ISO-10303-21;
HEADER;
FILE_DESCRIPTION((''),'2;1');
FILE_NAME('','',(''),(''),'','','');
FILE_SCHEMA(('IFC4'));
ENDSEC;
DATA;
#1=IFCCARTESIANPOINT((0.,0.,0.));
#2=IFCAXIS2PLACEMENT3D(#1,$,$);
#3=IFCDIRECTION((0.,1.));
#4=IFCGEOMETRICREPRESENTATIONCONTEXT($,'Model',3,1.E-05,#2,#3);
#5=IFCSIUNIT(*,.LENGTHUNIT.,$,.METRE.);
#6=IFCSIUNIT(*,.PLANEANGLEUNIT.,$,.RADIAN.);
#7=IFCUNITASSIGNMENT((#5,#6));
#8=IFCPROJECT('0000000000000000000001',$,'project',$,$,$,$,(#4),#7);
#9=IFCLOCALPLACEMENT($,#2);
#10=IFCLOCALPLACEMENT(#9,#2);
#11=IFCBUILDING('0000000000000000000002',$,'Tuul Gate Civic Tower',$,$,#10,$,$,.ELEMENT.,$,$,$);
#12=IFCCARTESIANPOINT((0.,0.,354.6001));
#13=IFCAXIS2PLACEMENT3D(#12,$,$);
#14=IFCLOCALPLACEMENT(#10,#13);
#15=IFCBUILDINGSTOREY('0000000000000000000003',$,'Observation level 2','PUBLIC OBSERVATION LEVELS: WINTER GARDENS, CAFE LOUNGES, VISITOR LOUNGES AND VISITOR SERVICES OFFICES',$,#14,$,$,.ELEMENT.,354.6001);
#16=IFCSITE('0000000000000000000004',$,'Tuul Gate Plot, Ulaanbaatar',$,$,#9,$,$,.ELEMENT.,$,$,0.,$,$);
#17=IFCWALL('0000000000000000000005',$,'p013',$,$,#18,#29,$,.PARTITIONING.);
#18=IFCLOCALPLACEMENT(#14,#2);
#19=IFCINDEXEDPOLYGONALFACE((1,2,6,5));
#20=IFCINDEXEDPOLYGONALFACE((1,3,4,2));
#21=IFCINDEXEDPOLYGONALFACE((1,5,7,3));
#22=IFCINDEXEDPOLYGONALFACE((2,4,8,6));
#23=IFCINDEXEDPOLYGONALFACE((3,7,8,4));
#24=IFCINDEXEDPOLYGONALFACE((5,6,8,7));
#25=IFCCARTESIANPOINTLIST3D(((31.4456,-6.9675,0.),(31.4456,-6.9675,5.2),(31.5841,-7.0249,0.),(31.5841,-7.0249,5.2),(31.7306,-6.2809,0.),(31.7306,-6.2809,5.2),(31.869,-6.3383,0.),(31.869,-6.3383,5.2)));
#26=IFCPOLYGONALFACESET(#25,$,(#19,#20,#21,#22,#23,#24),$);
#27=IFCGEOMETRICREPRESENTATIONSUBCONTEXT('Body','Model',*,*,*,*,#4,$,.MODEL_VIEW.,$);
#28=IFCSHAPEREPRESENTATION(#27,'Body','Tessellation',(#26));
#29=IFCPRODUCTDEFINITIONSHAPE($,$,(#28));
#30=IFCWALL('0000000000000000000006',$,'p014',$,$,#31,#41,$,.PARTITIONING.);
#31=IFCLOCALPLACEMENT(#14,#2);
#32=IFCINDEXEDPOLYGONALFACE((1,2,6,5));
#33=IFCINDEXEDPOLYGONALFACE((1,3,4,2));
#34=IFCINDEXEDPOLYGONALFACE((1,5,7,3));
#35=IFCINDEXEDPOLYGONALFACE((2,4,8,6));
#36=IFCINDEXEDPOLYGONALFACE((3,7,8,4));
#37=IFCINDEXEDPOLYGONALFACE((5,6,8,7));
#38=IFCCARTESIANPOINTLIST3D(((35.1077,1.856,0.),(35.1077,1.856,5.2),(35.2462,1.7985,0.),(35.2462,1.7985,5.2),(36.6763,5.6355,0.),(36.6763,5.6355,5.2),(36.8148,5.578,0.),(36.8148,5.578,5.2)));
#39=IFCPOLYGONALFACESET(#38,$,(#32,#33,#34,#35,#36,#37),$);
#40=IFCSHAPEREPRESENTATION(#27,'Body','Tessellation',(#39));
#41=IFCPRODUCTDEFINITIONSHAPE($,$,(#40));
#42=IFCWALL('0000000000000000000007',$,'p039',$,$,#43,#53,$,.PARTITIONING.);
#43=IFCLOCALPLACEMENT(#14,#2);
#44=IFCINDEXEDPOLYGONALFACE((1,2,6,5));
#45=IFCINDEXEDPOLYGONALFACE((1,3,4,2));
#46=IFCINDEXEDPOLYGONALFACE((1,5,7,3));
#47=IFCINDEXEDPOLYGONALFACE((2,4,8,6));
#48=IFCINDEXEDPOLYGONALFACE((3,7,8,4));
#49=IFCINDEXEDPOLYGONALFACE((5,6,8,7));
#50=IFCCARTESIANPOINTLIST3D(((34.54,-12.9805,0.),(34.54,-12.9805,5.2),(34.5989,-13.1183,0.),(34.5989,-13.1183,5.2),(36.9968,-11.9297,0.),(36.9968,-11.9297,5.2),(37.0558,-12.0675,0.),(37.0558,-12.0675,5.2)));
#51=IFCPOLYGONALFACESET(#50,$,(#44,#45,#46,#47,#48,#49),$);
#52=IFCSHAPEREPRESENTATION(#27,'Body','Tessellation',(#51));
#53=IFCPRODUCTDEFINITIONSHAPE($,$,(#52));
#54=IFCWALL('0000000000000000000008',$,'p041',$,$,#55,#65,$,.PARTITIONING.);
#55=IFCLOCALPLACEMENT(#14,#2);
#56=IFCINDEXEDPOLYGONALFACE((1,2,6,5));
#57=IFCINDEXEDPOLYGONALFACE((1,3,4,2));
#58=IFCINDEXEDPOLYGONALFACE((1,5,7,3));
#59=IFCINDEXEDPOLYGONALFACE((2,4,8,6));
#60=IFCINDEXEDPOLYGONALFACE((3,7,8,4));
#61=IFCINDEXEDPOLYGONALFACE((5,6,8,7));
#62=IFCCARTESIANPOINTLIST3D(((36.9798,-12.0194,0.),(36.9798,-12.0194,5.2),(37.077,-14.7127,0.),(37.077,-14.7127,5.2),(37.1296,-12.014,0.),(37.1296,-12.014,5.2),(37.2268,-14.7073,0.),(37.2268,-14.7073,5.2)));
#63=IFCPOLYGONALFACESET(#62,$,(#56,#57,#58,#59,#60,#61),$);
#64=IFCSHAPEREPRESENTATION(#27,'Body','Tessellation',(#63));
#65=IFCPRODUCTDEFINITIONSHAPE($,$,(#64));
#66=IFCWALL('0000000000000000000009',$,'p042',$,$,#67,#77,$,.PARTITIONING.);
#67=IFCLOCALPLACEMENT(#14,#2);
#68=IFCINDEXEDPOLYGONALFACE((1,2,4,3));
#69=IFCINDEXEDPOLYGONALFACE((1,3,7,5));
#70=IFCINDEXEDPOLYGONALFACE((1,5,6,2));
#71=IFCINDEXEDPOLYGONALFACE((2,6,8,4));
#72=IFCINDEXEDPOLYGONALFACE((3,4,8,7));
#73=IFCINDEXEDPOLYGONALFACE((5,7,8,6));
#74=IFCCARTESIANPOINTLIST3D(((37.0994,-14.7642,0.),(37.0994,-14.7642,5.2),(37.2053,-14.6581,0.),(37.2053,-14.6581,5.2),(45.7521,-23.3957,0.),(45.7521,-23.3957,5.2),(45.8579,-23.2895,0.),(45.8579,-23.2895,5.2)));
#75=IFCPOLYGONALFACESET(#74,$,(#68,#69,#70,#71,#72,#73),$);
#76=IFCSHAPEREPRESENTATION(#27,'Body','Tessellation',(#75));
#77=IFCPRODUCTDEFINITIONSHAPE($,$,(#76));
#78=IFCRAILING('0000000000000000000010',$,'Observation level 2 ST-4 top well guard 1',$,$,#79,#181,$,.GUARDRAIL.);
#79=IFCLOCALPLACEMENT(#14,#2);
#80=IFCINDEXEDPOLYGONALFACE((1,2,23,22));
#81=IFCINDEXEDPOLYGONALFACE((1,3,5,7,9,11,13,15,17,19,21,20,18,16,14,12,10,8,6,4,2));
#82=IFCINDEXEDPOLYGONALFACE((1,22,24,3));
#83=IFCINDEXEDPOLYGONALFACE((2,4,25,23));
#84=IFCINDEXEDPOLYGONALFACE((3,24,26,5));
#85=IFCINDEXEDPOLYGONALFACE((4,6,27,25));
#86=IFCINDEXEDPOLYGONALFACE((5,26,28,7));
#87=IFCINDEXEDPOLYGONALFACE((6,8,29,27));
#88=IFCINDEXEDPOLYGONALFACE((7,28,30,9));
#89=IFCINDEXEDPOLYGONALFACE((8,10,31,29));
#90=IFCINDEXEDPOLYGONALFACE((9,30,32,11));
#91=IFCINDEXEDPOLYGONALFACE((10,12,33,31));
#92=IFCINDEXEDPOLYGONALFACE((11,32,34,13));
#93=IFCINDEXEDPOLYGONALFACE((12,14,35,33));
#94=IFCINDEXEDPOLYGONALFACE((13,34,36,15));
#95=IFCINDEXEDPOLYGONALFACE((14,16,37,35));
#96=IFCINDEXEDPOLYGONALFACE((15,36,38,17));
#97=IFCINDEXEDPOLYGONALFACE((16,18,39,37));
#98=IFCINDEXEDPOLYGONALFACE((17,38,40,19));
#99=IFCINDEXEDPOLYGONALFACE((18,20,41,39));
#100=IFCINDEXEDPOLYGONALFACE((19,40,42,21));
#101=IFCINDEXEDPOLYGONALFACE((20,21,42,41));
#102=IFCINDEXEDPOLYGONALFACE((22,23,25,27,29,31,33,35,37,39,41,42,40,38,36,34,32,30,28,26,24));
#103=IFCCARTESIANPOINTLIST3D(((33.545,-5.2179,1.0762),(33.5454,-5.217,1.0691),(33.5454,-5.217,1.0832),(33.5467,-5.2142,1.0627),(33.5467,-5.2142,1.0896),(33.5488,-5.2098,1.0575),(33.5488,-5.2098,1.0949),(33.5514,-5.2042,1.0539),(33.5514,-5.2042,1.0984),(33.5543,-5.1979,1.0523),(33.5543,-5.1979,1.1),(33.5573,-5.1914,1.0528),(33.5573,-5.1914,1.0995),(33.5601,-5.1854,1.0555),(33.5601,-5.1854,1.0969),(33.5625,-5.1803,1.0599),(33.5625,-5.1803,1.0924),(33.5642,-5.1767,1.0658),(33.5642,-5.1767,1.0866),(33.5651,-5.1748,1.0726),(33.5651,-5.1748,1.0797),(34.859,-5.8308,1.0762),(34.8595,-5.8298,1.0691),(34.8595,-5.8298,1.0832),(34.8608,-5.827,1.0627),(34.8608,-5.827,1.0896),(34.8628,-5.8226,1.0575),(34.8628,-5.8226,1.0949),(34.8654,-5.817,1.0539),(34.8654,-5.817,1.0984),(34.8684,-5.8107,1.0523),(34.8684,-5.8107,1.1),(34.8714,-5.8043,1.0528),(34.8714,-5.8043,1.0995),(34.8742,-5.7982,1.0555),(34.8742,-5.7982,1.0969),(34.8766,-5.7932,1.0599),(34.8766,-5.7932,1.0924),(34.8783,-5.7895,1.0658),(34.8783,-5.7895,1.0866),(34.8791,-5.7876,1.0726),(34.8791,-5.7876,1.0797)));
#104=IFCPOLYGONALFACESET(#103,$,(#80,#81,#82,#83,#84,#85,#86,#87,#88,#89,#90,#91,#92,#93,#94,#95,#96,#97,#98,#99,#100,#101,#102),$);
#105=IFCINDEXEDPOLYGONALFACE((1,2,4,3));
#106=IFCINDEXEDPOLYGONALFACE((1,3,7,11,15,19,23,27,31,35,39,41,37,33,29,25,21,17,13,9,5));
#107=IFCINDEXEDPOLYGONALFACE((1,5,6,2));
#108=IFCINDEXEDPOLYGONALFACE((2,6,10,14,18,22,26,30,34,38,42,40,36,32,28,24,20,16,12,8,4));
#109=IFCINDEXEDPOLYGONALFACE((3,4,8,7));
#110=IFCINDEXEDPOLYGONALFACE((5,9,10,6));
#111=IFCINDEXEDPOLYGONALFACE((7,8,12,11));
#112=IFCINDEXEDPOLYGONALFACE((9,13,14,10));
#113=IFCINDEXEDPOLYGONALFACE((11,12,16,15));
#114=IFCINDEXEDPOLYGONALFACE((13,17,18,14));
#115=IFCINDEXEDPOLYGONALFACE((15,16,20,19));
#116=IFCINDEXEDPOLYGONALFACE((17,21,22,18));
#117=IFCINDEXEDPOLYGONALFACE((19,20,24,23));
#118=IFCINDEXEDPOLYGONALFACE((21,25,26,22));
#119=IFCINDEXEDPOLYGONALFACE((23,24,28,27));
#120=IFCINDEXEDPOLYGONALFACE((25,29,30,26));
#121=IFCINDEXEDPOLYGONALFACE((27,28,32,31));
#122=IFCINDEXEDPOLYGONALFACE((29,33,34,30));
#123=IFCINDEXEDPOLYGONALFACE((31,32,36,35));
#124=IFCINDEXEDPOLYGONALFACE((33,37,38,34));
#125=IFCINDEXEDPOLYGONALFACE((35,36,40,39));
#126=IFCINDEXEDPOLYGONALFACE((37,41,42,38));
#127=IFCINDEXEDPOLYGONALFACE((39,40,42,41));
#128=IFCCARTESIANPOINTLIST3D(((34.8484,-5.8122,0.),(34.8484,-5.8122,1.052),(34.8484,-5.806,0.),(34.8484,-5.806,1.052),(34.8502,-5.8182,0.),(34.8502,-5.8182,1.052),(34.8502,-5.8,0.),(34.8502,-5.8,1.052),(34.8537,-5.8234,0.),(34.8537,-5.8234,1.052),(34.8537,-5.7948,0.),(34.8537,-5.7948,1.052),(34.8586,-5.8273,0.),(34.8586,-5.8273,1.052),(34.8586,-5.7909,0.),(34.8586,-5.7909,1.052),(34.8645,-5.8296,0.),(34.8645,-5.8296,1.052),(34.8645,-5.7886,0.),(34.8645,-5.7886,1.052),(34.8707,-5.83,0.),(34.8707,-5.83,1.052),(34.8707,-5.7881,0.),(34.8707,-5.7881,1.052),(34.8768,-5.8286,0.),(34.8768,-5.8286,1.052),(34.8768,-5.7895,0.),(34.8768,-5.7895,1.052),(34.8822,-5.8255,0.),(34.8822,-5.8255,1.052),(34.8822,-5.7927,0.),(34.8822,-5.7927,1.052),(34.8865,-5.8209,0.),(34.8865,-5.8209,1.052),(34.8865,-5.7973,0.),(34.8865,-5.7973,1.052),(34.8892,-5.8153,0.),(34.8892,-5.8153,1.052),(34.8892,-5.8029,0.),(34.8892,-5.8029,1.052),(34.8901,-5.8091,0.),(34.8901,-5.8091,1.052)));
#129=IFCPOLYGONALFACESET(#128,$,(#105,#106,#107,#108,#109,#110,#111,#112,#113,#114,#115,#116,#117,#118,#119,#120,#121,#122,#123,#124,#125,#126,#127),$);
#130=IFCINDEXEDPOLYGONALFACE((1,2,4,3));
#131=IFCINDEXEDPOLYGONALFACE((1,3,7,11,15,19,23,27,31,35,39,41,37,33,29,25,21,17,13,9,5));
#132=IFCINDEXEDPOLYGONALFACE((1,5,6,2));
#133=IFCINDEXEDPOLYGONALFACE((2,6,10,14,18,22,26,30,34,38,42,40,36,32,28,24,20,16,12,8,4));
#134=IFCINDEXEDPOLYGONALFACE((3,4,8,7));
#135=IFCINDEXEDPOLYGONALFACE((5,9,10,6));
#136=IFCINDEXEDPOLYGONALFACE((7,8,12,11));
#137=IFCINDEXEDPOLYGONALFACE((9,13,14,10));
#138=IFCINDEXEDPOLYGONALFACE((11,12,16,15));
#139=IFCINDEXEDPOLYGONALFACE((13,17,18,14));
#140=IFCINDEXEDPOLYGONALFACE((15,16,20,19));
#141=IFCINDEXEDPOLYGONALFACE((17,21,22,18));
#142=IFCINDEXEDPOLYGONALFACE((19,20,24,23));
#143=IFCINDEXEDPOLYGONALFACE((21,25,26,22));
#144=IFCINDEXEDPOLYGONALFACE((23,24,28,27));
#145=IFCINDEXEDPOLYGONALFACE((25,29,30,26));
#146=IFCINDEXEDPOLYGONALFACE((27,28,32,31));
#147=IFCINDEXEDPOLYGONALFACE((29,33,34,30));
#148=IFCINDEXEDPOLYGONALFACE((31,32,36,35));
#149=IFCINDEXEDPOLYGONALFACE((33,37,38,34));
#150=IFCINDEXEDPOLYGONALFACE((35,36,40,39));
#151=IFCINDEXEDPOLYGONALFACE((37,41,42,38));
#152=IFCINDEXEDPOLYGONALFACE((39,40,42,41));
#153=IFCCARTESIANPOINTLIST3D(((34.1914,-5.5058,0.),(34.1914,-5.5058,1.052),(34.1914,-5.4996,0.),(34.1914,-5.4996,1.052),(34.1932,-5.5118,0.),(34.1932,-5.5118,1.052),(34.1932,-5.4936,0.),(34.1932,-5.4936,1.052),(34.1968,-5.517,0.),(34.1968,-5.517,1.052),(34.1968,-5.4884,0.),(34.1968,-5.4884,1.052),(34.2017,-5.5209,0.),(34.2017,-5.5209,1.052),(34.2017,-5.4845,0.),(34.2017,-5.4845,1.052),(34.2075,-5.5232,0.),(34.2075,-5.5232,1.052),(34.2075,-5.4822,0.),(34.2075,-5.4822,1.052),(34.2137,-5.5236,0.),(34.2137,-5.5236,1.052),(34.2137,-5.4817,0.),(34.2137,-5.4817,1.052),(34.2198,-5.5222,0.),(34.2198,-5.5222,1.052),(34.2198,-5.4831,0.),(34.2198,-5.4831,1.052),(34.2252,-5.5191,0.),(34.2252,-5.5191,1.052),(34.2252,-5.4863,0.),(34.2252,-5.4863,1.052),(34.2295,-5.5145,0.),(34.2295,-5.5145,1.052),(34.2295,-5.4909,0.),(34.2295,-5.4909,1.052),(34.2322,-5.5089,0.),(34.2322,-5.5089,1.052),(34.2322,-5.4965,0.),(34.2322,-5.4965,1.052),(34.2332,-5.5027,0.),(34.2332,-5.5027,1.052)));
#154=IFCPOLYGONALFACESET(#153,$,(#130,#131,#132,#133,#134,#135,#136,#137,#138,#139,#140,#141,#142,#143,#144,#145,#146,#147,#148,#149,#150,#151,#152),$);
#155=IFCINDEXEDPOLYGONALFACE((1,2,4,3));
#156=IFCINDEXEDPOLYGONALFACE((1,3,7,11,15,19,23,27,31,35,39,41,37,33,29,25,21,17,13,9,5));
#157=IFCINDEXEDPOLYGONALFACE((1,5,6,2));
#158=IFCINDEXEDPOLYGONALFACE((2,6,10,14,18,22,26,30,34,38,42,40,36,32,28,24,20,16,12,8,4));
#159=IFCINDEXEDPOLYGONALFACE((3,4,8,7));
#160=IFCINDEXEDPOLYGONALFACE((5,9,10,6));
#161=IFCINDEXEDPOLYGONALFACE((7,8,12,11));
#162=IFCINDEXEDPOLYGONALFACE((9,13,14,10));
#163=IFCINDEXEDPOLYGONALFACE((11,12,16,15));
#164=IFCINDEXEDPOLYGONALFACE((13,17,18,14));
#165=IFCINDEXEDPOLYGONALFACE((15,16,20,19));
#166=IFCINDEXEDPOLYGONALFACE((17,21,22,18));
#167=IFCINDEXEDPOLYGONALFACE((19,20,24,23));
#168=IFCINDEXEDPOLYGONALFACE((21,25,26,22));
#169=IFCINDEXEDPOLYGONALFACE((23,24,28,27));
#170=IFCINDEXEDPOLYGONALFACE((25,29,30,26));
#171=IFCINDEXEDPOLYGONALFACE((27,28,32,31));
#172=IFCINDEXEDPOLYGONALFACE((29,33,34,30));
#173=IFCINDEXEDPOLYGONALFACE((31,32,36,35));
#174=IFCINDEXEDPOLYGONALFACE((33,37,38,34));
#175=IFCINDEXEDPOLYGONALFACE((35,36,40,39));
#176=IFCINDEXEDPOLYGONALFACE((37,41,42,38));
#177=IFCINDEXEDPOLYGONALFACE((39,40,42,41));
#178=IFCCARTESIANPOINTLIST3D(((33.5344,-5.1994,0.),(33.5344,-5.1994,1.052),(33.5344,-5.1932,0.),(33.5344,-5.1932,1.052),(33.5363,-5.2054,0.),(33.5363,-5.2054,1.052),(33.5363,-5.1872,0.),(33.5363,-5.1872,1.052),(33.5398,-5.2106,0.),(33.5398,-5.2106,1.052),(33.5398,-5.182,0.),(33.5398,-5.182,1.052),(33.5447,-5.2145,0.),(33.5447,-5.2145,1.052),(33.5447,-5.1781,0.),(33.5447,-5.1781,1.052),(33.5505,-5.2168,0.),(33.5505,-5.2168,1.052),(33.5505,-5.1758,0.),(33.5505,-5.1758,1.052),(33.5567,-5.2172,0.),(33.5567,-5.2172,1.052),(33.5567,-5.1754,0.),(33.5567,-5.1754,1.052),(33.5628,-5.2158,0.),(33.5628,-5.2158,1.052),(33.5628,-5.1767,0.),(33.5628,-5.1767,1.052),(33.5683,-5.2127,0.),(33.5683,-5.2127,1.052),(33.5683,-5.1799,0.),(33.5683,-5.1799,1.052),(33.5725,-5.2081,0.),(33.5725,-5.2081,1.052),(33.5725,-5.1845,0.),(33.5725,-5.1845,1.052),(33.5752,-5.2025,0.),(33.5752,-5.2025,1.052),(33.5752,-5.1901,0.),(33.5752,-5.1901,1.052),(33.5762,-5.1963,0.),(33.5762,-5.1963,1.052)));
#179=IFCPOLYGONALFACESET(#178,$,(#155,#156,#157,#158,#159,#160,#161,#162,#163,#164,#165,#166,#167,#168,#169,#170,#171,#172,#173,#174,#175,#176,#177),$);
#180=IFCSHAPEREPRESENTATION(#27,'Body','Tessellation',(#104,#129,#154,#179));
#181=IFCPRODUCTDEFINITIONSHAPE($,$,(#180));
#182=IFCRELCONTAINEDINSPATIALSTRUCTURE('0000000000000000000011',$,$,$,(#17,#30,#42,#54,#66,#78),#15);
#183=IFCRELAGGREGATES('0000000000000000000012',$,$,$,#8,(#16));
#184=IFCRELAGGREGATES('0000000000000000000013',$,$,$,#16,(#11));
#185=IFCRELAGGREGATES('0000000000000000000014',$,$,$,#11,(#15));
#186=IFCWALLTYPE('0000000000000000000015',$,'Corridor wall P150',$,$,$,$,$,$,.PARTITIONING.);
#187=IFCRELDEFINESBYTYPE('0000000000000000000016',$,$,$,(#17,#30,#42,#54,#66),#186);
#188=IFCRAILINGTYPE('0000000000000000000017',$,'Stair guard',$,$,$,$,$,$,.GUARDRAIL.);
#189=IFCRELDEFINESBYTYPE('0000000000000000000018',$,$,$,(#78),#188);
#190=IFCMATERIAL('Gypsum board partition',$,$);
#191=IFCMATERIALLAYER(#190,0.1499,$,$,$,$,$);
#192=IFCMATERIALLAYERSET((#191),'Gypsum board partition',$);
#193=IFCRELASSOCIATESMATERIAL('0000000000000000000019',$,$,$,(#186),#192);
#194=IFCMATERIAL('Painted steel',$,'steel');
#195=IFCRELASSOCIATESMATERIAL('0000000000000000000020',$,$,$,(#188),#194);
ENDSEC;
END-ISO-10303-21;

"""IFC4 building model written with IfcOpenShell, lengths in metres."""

from ifc_helpers import new_model, si_unit, direction, frame, frame_2d, origin, origin_2d, place, context, subcontext, project, spatial, rectangle, circle, extrude, material, layer, layer_set, type_object, element, save


model = new_model("IFC4")

# Units and contexts
model_context = context("Model", 3, precision=1e-05, world=origin(), true_north=direction((0.0, 1.0)))
body_context = subcontext(model_context, "Body", "Model", "MODEL_VIEW")
ifc_project = project(units=[si_unit("LENGTHUNIT", "METRE"), si_unit("PLANEANGLEUNIT", "RADIAN")], contexts=[model_context])

# Site, building, storey
site_placement = place(None, origin())
site = spatial("IfcSite", under=ifc_project, at=site_placement, Name="Tuul Gate Plot, Ulaanbaatar", CompositionType="ELEMENT", RefElevation=0.0)
building_placement = place(site_placement, origin())
building = spatial("IfcBuilding", under=site, at=building_placement, Name="Tuul Gate Civic Tower", CompositionType="ELEMENT")
storey_placement = place(building_placement, frame((0.0, 0.0, 354.6001)))
storey = spatial("IfcBuildingStorey", under=building, at=storey_placement, Name="Observation level 2", Description="PUBLIC OBSERVATION LEVELS: WINTER GARDENS, CAFE LOUNGES, VISITOR LOUNGES AND VISITOR SERVICES OFFICES", CompositionType="ELEMENT", Elevation=354.6001)

# Shared definitions
ifc_material_1 = material(Name="Gypsum board partition")
ifc_layer_1 = layer(ifc_material_1, 0.1499)
ifc_layer_set_1 = layer_set([ifc_layer_1], Name="Gypsum board partition")
wall_type_1 = type_object("IfcWallType", Name="Corridor wall P150", PredefinedType="PARTITIONING", material=ifc_layer_set_1)

# Walls
wall_1_placement = place(storey_placement, frame((31.5149, -6.9961, 0.0), z_axis=(0.0, 0.0, 1.0), x_axis=(0.383309, 0.92362, 0.0)))
element("IfcWall", 1, at=wall_1_placement, inside=storey, type_object=wall_type_1, Name="p013", PredefinedType="PARTITIONING", context=body_context, shape_type="SweptSolid", body=[
    extrude(rectangle(XDim=0.7434, YDim=0.1499, at=frame_2d((0.3716, 0.0))), origin(), (0.0, 0.0, 1.0), 5.2),
])
wall_2_placement = place(storey_placement, frame((35.177, 1.8274, 0.0), z_axis=(0.0, 0.0, 1.0), x_axis=(0.383323, 0.923614, 0.0)))
element("IfcWall", 2, at=wall_2_placement, inside=storey, type_object=wall_type_1, Name="p014", PredefinedType="PARTITIONING", context=body_context, shape_type="SweptSolid", body=[
    extrude(rectangle(XDim=4.092, YDim=0.1499, at=frame_2d((2.0459, 0.0))), origin(), (0.0, 0.0, 1.0), 5.2),
])
wall_3_placement = place(storey_placement, frame((34.5696, -13.0493, 0.0), z_axis=(0.0, 0.0, 1.0), x_axis=(0.919433, 0.393247, 0.0)))
element("IfcWall", 3, at=wall_3_placement, inside=storey, type_object=wall_type_1, Name="p039", PredefinedType="PARTITIONING", context=body_context, shape_type="SweptSolid", body=[
    extrude(rectangle(XDim=2.6721, YDim=0.1499, at=frame_2d((1.3359, 0.0))), origin(), (0.0, 0.0, 1.0), 5.2),
])
wall_4_placement = place(storey_placement, frame((37.0547, -12.0166, 0.0), z_axis=(0.0, 0.0, 1.0), x_axis=(0.036053, -0.99935, 0.0)))
element("IfcWall", 4, at=wall_4_placement, inside=storey, type_object=wall_type_1, Name="p041", PredefinedType="PARTITIONING", context=body_context, shape_type="SweptSolid", body=[
    extrude(rectangle(XDim=2.6951, YDim=0.1499, at=frame_2d((1.3477, 0.0))), origin(), (0.0, 0.0, 1.0), 5.2),
])
wall_5_placement = place(storey_placement, frame((37.1523, -14.7112, 0.0), z_axis=(0.0, 0.0, 1.0), x_axis=(0.707975, -0.706237, 0.0)))
element("IfcWall", 5, at=wall_5_placement, inside=storey, type_object=wall_type_1, Name="p042", PredefinedType="PARTITIONING", context=body_context, shape_type="SweptSolid", body=[
    extrude(rectangle(XDim=12.2217, YDim=0.1499, at=frame_2d((6.1108, 0.0))), origin(), (0.0, 0.0, 1.0), 5.2),
])

# Railing
ifc_material_2 = material(Name="Painted steel", Category="steel")
railing_type = type_object("IfcRailingType", Name="Stair guard", PredefinedType="GUARDRAIL", material=ifc_material_2)
railing_placement = place(storey_placement, frame((34.8691, -5.8091, 0.0)))
element("IfcRailing", 6, at=railing_placement, inside=storey, type_object=railing_type, Name="Observation level 2 ST-4 top well guard 1", PredefinedType="GUARDRAIL", context=body_context, shape_type="SweptSolid", body=[
    extrude(circle(Radius=0.0239, at=origin_2d()), frame((0.0, 0.0, 1.0762), z_axis=(-0.906286, 0.422664, 0.0), x_axis=(-0.422664, -0.906286, 0.0)), (0.0, 0.0, 1.0), 1.45),
    extrude(circle(Radius=0.021, at=origin_2d()), origin(), (0.0, 0.0, 1.0), 1.052),
    extrude(circle(Radius=0.021, at=origin_2d()), frame((-0.657, 0.3064, 0.0)), (0.0, 0.0, 1.0), 1.052),
    extrude(circle(Radius=0.021, at=origin_2d()), frame((-1.314, 0.6128, 0.0)), (0.0, 0.0, 1.0), 1.052),
])

save(model, "model.ifc")
